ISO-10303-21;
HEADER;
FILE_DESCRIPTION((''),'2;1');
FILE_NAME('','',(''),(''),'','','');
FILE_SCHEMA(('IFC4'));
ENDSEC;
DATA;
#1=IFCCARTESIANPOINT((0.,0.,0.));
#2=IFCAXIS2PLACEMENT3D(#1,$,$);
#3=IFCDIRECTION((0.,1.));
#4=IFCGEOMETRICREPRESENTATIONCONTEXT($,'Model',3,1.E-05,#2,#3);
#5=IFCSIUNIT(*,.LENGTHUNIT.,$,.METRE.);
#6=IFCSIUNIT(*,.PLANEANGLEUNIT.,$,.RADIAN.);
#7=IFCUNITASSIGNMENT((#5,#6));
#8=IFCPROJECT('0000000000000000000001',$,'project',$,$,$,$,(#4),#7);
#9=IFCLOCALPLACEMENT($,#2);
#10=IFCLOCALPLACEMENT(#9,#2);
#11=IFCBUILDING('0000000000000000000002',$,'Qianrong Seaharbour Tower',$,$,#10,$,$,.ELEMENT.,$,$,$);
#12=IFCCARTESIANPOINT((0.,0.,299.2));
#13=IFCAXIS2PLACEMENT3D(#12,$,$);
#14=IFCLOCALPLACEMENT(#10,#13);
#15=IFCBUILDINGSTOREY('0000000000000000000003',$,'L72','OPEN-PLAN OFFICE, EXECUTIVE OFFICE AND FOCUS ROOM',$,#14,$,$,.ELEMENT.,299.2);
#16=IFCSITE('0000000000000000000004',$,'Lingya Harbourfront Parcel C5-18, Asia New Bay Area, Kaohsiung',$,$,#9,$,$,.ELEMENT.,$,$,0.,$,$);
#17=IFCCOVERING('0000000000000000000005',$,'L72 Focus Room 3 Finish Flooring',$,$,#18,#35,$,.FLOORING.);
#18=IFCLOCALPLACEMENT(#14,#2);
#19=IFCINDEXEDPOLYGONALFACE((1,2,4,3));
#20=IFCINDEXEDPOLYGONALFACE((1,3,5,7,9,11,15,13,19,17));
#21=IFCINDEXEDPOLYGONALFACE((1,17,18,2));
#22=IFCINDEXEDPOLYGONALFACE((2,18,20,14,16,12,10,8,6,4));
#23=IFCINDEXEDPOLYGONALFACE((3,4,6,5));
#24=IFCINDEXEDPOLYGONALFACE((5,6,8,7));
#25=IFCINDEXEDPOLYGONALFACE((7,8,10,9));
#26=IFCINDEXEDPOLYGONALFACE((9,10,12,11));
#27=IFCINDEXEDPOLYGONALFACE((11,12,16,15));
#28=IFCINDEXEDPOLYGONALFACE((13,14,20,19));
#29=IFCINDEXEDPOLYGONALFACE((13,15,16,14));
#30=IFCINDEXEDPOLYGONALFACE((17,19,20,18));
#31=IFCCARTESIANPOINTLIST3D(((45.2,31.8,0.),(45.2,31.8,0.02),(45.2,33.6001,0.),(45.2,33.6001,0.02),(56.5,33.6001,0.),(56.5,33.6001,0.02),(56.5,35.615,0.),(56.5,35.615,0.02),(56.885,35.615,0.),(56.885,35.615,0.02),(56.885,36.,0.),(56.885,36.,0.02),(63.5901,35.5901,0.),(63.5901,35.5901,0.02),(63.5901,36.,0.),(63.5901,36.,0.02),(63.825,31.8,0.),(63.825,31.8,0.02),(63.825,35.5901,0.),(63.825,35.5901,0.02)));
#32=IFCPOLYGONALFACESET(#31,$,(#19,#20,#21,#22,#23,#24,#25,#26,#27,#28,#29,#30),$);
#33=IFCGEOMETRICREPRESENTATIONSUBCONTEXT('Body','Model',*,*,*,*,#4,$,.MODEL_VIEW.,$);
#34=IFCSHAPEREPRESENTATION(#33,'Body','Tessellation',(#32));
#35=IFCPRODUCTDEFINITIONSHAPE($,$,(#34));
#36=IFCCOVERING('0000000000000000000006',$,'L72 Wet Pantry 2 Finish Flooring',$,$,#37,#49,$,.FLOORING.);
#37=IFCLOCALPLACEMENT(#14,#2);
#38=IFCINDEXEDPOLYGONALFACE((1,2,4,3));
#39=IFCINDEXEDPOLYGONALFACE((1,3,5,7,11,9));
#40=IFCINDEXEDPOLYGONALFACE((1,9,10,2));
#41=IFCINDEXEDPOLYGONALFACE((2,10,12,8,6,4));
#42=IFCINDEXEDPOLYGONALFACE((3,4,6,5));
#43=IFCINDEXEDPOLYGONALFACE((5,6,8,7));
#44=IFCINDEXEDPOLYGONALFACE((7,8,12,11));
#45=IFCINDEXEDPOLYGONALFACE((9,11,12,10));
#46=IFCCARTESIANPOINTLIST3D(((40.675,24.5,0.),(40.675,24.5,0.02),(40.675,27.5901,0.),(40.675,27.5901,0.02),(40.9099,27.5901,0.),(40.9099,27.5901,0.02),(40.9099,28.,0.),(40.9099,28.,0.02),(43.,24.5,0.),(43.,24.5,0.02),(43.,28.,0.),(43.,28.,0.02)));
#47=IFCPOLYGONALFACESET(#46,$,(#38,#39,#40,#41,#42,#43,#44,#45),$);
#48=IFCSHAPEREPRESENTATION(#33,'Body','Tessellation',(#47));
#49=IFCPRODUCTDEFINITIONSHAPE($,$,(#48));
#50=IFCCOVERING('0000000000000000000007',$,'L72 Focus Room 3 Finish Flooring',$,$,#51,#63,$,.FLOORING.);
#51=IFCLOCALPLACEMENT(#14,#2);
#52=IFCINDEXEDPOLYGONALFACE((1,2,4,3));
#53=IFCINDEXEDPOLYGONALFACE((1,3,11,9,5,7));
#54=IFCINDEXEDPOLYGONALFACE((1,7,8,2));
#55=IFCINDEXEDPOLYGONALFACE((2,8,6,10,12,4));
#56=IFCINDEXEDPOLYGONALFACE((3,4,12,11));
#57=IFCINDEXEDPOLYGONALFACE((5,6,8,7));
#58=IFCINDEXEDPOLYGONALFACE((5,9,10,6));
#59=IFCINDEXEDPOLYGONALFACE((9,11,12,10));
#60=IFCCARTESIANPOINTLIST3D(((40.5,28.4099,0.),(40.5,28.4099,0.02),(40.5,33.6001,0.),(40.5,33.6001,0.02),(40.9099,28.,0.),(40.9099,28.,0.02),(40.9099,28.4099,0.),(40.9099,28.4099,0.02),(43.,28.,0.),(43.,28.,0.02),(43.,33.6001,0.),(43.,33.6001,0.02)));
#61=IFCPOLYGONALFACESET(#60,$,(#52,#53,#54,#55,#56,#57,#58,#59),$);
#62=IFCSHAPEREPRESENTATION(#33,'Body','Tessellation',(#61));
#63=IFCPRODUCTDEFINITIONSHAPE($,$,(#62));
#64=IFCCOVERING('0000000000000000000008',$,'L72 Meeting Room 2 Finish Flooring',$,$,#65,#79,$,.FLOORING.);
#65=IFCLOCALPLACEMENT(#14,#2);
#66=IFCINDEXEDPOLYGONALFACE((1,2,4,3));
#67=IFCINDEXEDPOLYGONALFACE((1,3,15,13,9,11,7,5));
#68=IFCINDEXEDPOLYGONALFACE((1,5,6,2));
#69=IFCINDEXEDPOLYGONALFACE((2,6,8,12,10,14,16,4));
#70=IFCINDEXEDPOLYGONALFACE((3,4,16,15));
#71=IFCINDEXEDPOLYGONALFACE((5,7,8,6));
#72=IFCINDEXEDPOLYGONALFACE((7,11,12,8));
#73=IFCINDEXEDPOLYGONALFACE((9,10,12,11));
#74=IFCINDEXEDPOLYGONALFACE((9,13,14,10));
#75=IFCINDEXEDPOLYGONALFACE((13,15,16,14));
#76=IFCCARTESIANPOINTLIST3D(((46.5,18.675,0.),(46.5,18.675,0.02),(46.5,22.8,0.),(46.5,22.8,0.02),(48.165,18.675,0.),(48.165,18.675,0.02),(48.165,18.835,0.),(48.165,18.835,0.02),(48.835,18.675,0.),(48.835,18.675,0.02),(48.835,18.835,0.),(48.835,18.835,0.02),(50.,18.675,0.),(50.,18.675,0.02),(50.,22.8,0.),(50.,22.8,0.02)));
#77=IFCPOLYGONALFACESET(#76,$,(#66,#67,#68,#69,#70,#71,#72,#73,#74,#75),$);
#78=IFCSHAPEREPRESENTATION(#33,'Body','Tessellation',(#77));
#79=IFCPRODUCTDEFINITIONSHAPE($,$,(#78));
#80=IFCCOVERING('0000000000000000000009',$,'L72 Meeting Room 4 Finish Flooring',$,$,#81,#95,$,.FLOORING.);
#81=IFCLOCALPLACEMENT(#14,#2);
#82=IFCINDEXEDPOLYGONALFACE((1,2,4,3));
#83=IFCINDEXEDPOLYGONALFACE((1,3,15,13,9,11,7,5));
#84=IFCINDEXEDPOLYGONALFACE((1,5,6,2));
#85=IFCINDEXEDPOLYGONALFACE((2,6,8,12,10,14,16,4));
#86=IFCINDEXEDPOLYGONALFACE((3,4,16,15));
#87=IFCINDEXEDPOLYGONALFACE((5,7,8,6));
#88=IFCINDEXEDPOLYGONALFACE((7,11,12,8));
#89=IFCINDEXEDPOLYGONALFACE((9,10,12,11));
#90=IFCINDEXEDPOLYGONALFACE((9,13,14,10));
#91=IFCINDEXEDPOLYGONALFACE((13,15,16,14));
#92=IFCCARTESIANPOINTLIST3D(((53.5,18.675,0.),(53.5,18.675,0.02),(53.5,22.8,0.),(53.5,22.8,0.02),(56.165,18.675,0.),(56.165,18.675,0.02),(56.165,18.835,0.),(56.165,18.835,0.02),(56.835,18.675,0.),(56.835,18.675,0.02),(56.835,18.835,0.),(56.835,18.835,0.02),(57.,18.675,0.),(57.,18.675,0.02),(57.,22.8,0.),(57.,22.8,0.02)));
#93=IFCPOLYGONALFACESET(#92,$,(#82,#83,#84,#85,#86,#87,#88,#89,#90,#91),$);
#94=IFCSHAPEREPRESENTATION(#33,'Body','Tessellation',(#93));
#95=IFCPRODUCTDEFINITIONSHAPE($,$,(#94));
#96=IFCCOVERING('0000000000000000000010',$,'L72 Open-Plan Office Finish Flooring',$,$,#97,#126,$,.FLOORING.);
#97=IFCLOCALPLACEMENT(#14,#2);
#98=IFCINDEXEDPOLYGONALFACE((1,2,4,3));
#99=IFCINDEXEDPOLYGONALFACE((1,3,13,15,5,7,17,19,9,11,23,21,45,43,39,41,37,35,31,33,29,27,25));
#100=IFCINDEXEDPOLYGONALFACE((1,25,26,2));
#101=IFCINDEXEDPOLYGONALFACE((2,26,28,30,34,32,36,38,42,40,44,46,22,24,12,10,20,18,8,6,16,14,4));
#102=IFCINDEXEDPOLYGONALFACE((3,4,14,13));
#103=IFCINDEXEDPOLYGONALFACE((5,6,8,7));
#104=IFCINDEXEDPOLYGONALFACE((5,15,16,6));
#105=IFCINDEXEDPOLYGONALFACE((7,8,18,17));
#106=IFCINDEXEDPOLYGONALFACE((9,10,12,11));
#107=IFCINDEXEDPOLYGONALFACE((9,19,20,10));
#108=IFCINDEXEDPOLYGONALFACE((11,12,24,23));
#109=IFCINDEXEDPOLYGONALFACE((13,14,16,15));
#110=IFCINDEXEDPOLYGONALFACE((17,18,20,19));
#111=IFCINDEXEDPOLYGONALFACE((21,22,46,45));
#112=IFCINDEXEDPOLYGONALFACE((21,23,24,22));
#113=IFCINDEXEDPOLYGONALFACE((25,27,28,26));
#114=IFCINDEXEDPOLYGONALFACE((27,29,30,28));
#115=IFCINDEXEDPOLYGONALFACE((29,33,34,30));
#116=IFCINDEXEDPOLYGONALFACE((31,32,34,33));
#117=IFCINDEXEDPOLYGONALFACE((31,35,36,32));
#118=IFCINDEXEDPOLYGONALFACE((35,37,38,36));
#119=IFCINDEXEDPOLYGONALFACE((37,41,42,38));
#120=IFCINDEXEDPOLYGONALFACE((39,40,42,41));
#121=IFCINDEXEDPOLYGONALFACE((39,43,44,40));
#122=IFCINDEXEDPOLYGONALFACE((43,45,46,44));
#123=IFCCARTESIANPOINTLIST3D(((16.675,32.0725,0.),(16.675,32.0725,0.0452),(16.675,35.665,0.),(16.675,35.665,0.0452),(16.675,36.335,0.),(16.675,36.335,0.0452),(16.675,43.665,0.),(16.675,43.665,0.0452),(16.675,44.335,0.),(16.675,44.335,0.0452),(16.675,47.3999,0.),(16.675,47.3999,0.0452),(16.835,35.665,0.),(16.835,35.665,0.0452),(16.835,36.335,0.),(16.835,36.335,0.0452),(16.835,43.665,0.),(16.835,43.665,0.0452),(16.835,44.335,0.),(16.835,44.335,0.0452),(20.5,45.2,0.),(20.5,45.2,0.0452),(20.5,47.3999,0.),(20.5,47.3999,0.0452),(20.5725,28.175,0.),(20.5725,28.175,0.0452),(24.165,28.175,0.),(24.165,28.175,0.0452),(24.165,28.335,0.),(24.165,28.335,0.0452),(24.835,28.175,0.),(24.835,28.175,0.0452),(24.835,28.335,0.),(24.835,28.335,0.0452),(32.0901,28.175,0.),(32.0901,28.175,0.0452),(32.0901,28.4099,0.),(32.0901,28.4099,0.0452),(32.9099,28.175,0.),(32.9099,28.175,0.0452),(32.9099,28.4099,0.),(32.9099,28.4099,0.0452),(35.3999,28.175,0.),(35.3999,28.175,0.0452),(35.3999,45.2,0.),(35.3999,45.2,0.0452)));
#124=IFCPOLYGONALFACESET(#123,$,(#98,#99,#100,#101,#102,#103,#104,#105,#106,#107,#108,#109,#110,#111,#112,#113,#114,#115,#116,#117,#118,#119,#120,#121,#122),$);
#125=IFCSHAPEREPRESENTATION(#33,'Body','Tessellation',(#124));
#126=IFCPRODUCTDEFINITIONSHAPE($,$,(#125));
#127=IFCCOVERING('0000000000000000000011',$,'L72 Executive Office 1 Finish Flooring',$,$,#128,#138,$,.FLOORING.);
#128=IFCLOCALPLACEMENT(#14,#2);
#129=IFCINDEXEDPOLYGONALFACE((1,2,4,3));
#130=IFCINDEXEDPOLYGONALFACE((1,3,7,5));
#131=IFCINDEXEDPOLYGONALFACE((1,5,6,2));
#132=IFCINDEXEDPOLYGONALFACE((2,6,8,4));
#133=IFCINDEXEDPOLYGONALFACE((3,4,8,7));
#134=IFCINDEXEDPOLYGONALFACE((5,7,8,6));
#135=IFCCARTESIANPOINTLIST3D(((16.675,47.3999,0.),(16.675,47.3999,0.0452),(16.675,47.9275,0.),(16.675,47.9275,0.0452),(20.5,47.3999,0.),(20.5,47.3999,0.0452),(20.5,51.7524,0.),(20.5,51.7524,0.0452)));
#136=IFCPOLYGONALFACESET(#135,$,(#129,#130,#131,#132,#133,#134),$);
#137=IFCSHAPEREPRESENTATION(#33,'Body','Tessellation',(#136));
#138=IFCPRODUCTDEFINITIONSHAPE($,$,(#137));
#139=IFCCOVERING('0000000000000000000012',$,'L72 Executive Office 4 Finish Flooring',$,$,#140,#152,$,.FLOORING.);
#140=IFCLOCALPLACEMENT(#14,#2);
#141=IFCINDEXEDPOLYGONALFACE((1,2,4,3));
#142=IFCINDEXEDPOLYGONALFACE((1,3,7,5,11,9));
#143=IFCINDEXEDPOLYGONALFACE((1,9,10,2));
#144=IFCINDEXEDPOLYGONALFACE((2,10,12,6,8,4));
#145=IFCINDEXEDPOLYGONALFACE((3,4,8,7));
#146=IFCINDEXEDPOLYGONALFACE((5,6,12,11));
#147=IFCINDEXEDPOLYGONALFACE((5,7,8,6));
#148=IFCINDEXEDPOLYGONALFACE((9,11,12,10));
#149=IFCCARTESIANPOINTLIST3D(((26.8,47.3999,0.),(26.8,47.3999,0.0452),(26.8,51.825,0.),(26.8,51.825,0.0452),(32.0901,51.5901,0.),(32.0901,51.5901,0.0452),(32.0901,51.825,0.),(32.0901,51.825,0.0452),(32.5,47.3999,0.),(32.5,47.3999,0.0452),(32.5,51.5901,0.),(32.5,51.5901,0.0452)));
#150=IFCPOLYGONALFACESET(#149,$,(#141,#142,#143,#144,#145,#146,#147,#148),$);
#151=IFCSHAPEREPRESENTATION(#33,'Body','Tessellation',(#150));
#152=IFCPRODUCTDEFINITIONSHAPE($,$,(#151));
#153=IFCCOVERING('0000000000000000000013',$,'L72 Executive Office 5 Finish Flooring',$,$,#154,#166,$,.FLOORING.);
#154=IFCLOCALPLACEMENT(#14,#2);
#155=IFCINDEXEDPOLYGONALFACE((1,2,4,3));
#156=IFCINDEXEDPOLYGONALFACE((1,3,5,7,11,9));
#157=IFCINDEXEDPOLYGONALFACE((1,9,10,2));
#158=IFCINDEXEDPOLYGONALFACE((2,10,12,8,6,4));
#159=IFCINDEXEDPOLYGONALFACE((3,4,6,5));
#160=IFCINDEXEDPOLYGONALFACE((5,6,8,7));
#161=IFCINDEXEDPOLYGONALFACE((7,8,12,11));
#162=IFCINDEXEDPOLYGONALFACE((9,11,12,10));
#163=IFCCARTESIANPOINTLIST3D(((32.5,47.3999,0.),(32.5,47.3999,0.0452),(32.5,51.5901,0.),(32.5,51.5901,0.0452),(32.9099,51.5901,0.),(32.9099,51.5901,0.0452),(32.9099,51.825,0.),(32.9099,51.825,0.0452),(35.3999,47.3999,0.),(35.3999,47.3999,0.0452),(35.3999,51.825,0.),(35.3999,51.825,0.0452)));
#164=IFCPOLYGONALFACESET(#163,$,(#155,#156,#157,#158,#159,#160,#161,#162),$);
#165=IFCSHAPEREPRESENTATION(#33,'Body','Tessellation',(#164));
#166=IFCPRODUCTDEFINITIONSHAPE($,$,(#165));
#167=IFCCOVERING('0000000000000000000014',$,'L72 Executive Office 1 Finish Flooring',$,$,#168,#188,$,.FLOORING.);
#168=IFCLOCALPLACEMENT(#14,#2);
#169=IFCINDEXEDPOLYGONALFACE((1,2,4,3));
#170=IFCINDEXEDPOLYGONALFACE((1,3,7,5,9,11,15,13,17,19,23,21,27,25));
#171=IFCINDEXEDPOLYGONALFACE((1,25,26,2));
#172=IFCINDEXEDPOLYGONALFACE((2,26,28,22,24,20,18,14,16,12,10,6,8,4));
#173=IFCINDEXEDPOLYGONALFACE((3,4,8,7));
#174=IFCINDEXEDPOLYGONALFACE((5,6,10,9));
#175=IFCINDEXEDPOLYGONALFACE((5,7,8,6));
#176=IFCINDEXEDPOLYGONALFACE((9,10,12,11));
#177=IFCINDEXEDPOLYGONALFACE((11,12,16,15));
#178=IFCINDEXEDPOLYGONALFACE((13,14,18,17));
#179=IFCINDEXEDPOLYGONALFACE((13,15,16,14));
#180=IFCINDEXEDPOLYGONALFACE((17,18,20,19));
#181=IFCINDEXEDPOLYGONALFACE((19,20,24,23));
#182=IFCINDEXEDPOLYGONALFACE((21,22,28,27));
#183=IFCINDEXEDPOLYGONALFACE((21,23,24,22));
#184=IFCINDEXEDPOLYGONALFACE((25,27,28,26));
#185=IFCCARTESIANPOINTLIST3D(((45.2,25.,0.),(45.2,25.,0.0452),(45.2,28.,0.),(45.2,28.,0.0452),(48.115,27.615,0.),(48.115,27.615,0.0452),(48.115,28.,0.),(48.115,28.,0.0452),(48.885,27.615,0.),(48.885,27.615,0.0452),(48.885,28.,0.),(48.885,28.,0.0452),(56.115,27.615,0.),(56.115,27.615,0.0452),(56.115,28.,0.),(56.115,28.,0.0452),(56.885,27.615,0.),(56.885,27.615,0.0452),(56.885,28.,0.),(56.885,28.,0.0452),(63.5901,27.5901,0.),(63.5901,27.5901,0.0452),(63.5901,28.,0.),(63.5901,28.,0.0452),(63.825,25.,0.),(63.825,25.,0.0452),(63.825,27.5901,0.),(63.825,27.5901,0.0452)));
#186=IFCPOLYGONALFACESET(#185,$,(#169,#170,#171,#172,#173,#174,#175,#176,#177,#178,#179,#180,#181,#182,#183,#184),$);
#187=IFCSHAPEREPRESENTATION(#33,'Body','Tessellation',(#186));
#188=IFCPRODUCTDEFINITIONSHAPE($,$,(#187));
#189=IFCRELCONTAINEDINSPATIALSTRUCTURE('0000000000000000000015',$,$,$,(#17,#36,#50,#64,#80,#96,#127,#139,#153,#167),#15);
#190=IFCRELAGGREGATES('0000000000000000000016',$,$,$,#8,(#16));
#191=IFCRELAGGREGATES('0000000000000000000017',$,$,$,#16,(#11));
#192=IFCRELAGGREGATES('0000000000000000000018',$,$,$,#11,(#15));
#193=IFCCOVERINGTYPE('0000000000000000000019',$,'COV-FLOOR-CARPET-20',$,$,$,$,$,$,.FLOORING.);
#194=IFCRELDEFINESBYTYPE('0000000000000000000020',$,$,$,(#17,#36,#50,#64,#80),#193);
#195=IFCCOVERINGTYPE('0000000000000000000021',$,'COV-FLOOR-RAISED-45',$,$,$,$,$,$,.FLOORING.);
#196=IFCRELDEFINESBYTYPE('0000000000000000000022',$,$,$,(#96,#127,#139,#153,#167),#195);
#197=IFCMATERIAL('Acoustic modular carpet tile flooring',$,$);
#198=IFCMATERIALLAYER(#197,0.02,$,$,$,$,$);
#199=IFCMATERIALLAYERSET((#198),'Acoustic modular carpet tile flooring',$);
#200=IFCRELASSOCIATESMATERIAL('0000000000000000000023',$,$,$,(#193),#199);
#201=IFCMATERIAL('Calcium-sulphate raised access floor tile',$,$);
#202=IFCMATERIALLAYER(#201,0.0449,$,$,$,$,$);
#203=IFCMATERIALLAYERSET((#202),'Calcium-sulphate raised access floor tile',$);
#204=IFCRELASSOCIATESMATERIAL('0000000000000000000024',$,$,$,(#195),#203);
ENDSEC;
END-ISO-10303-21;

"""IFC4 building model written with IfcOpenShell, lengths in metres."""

from ifc_helpers import new_model, si_unit, direction, frame, origin, place, context, subcontext, project, spatial, polyline, outline, extrude, material, layer, layer_set, type_object, element, save


model = new_model("IFC4")

# Units and contexts
model_context = context("Model", 3, precision=1e-05, world=origin(), true_north=direction((0.0, 1.0)))
body_context = subcontext(model_context, "Body", "Model", "MODEL_VIEW")
ifc_project = project(units=[si_unit("LENGTHUNIT", "METRE"), si_unit("PLANEANGLEUNIT", "RADIAN")], contexts=[model_context])

# Site, building, storey
site_placement = place(None, origin())
site = spatial("IfcSite", under=ifc_project, at=site_placement, Name="Lingya Harbourfront Parcel C5-18, Asia New Bay Area, Kaohsiung", CompositionType="ELEMENT", RefElevation=0.0)
building_placement = place(site_placement, origin())
building = spatial("IfcBuilding", under=site, at=building_placement, Name="Qianrong Seaharbour Tower", CompositionType="ELEMENT")
storey_placement = place(building_placement, frame((0.0, 0.0, 299.2)))
storey = spatial("IfcBuildingStorey", under=building, at=storey_placement, Name="L72", Description="OPEN-PLAN OFFICE, EXECUTIVE OFFICE AND FOCUS ROOM", CompositionType="ELEMENT", Elevation=299.2)

# Coverings
ifc_material_1 = material(Name="Acoustic modular carpet tile flooring")
ifc_layer_1 = layer(ifc_material_1, 0.02)
ifc_layer_set_1 = layer_set([ifc_layer_1], Name="Acoustic modular carpet tile flooring")
covering_type_1 = type_object("IfcCoveringType", Name="COV-FLOOR-CARPET-20", PredefinedType="FLOORING", material=ifc_layer_set_1)
covering_1_placement = place(storey_placement, origin())
element("IfcCovering", 1, at=covering_1_placement, inside=storey, type_object=covering_type_1, Name="L72 Focus Room 3 Finish Flooring", PredefinedType="FLOORING", context=body_context, shape_type="SweptSolid", body=[
    extrude(outline(polyline([(56.5, 33.6001), (56.5, 35.615), (56.885, 35.615), (56.885, 36.0), (63.5901, 36.0), (63.5901, 35.5901), (63.825, 35.5901), (63.825, 31.8), (45.2, 31.8), (45.2, 33.6001), (56.5, 33.6001)])), origin(), (0.0, 0.0, 1.0), 0.02),
])
covering_2_placement = place(storey_placement, origin())
element("IfcCovering", 2, at=covering_2_placement, inside=storey, type_object=covering_type_1, Name="L72 Wet Pantry 2 Finish Flooring", PredefinedType="FLOORING", context=body_context, shape_type="SweptSolid", body=[
    extrude(outline(polyline([(40.675, 24.5), (40.675, 27.5901), (40.9099, 27.5901), (40.9099, 28.0), (43.0, 28.0), (43.0, 24.5), (40.675, 24.5)])), origin(), (0.0, 0.0, 1.0), 0.02),
])
covering_3_placement = place(storey_placement, origin())
element("IfcCovering", 3, at=covering_3_placement, inside=storey, type_object=covering_type_1, Name="L72 Focus Room 3 Finish Flooring", PredefinedType="FLOORING", context=body_context, shape_type="SweptSolid", body=[
    extrude(outline(polyline([(43.0, 28.0), (40.9099, 28.0), (40.9099, 28.4099), (40.5, 28.4099), (40.5, 33.6001), (43.0, 33.6001), (43.0, 28.0)])), origin(), (0.0, 0.0, 1.0), 0.02),
])
covering_4_placement = place(storey_placement, origin())
element("IfcCovering", 4, at=covering_4_placement, inside=storey, type_object=covering_type_1, Name="L72 Meeting Room 2 Finish Flooring", PredefinedType="FLOORING", context=body_context, shape_type="SweptSolid", body=[
    extrude(outline(polyline([(50.0, 18.675), (48.835, 18.675), (48.835, 18.835), (48.165, 18.835), (48.165, 18.675), (46.5, 18.675), (46.5, 22.8), (50.0, 22.8), (50.0, 18.675)])), origin(), (0.0, 0.0, 1.0), 0.02),
])
covering_5_placement = place(storey_placement, origin())
element("IfcCovering", 5, at=covering_5_placement, inside=storey, type_object=covering_type_1, Name="L72 Meeting Room 4 Finish Flooring", PredefinedType="FLOORING", context=body_context, shape_type="SweptSolid", body=[
    extrude(outline(polyline([(57.0, 18.675), (56.835, 18.675), (56.835, 18.835), (56.165, 18.835), (56.165, 18.675), (53.5, 18.675), (53.5, 22.8), (57.0, 22.8), (57.0, 18.675)])), origin(), (0.0, 0.0, 1.0), 0.02),
])
ifc_material_2 = material(Name="Calcium-sulphate raised access floor tile")
ifc_layer_2 = layer(ifc_material_2, 0.0449)
ifc_layer_set_2 = layer_set([ifc_layer_2], Name="Calcium-sulphate raised access floor tile")
covering_type_2 = type_object("IfcCoveringType", Name="COV-FLOOR-RAISED-45", PredefinedType="FLOORING", material=ifc_layer_set_2)
covering_6_placement = place(storey_placement, origin())
element("IfcCovering", 6, at=covering_6_placement, inside=storey, type_object=covering_type_2, Name="L72 Open-Plan Office Finish Flooring", PredefinedType="FLOORING", context=body_context, shape_type="SweptSolid", body=[
    extrude(outline(polyline([(32.9099, 28.175), (32.9099, 28.4099), (32.0901, 28.4099), (32.0901, 28.175), (24.835, 28.175), (24.835, 28.335), (24.165, 28.335), (24.165, 28.175), (20.5725, 28.175), (16.675, 32.0725), (16.675, 35.665), (16.835, 35.665), (16.835, 36.335), (16.675, 36.335), (16.675, 43.665), (16.835, 43.665), (16.835, 44.335), (16.675, 44.335), (16.675, 47.3999), (20.5, 47.3999), (20.5, 45.2), (35.3999, 45.2), (35.3999, 28.175), (32.9099, 28.175)])), origin(), (0.0, 0.0, 1.0), 0.0452),
])
covering_7_placement = place(storey_placement, origin())
element("IfcCovering", 7, at=covering_7_placement, inside=storey, type_object=covering_type_2, Name="L72 Executive Office 1 Finish Flooring", PredefinedType="FLOORING", context=body_context, shape_type="SweptSolid", body=[
    extrude(outline(polyline([(16.675, 47.9275), (20.5, 51.7524), (20.5, 47.3999), (16.675, 47.3999), (16.675, 47.9275)])), origin(), (0.0, 0.0, 1.0), 0.0452),
])
covering_8_placement = place(storey_placement, origin())
element("IfcCovering", 8, at=covering_8_placement, inside=storey, type_object=covering_type_2, Name="L72 Executive Office 4 Finish Flooring", PredefinedType="FLOORING", context=body_context, shape_type="SweptSolid", body=[
    extrude(outline(polyline([(26.8, 51.825), (32.0901, 51.825), (32.0901, 51.5901), (32.5, 51.5901), (32.5, 47.3999), (26.8, 47.3999), (26.8, 51.825)])), origin(), (0.0, 0.0, 1.0), 0.0452),
])
covering_9_placement = place(storey_placement, origin())
element("IfcCovering", 9, at=covering_9_placement, inside=storey, type_object=covering_type_2, Name="L72 Executive Office 5 Finish Flooring", PredefinedType="FLOORING", context=body_context, shape_type="SweptSolid", body=[
    extrude(outline(polyline([(32.5, 51.5901), (32.9099, 51.5901), (32.9099, 51.825), (35.3999, 51.825), (35.3999, 47.3999), (32.5, 47.3999), (32.5, 51.5901)])), origin(), (0.0, 0.0, 1.0), 0.0452),
])
covering_10_placement = place(storey_placement, origin())
element("IfcCovering", 10, at=covering_10_placement, inside=storey, type_object=covering_type_2, Name="L72 Executive Office 1 Finish Flooring", PredefinedType="FLOORING", context=body_context, shape_type="SweptSolid", body=[
    extrude(outline(polyline([(48.115, 28.0), (48.115, 27.615), (48.885, 27.615), (48.885, 28.0), (56.115, 28.0), (56.115, 27.615), (56.885, 27.615), (56.885, 28.0), (63.5901, 28.0), (63.5901, 27.5901), (63.825, 27.5901), (63.825, 25.0), (45.2, 25.0), (45.2, 28.0), (48.115, 28.0)])), origin(), (0.0, 0.0, 1.0), 0.0452),
])

save(model, "model.ifc")
